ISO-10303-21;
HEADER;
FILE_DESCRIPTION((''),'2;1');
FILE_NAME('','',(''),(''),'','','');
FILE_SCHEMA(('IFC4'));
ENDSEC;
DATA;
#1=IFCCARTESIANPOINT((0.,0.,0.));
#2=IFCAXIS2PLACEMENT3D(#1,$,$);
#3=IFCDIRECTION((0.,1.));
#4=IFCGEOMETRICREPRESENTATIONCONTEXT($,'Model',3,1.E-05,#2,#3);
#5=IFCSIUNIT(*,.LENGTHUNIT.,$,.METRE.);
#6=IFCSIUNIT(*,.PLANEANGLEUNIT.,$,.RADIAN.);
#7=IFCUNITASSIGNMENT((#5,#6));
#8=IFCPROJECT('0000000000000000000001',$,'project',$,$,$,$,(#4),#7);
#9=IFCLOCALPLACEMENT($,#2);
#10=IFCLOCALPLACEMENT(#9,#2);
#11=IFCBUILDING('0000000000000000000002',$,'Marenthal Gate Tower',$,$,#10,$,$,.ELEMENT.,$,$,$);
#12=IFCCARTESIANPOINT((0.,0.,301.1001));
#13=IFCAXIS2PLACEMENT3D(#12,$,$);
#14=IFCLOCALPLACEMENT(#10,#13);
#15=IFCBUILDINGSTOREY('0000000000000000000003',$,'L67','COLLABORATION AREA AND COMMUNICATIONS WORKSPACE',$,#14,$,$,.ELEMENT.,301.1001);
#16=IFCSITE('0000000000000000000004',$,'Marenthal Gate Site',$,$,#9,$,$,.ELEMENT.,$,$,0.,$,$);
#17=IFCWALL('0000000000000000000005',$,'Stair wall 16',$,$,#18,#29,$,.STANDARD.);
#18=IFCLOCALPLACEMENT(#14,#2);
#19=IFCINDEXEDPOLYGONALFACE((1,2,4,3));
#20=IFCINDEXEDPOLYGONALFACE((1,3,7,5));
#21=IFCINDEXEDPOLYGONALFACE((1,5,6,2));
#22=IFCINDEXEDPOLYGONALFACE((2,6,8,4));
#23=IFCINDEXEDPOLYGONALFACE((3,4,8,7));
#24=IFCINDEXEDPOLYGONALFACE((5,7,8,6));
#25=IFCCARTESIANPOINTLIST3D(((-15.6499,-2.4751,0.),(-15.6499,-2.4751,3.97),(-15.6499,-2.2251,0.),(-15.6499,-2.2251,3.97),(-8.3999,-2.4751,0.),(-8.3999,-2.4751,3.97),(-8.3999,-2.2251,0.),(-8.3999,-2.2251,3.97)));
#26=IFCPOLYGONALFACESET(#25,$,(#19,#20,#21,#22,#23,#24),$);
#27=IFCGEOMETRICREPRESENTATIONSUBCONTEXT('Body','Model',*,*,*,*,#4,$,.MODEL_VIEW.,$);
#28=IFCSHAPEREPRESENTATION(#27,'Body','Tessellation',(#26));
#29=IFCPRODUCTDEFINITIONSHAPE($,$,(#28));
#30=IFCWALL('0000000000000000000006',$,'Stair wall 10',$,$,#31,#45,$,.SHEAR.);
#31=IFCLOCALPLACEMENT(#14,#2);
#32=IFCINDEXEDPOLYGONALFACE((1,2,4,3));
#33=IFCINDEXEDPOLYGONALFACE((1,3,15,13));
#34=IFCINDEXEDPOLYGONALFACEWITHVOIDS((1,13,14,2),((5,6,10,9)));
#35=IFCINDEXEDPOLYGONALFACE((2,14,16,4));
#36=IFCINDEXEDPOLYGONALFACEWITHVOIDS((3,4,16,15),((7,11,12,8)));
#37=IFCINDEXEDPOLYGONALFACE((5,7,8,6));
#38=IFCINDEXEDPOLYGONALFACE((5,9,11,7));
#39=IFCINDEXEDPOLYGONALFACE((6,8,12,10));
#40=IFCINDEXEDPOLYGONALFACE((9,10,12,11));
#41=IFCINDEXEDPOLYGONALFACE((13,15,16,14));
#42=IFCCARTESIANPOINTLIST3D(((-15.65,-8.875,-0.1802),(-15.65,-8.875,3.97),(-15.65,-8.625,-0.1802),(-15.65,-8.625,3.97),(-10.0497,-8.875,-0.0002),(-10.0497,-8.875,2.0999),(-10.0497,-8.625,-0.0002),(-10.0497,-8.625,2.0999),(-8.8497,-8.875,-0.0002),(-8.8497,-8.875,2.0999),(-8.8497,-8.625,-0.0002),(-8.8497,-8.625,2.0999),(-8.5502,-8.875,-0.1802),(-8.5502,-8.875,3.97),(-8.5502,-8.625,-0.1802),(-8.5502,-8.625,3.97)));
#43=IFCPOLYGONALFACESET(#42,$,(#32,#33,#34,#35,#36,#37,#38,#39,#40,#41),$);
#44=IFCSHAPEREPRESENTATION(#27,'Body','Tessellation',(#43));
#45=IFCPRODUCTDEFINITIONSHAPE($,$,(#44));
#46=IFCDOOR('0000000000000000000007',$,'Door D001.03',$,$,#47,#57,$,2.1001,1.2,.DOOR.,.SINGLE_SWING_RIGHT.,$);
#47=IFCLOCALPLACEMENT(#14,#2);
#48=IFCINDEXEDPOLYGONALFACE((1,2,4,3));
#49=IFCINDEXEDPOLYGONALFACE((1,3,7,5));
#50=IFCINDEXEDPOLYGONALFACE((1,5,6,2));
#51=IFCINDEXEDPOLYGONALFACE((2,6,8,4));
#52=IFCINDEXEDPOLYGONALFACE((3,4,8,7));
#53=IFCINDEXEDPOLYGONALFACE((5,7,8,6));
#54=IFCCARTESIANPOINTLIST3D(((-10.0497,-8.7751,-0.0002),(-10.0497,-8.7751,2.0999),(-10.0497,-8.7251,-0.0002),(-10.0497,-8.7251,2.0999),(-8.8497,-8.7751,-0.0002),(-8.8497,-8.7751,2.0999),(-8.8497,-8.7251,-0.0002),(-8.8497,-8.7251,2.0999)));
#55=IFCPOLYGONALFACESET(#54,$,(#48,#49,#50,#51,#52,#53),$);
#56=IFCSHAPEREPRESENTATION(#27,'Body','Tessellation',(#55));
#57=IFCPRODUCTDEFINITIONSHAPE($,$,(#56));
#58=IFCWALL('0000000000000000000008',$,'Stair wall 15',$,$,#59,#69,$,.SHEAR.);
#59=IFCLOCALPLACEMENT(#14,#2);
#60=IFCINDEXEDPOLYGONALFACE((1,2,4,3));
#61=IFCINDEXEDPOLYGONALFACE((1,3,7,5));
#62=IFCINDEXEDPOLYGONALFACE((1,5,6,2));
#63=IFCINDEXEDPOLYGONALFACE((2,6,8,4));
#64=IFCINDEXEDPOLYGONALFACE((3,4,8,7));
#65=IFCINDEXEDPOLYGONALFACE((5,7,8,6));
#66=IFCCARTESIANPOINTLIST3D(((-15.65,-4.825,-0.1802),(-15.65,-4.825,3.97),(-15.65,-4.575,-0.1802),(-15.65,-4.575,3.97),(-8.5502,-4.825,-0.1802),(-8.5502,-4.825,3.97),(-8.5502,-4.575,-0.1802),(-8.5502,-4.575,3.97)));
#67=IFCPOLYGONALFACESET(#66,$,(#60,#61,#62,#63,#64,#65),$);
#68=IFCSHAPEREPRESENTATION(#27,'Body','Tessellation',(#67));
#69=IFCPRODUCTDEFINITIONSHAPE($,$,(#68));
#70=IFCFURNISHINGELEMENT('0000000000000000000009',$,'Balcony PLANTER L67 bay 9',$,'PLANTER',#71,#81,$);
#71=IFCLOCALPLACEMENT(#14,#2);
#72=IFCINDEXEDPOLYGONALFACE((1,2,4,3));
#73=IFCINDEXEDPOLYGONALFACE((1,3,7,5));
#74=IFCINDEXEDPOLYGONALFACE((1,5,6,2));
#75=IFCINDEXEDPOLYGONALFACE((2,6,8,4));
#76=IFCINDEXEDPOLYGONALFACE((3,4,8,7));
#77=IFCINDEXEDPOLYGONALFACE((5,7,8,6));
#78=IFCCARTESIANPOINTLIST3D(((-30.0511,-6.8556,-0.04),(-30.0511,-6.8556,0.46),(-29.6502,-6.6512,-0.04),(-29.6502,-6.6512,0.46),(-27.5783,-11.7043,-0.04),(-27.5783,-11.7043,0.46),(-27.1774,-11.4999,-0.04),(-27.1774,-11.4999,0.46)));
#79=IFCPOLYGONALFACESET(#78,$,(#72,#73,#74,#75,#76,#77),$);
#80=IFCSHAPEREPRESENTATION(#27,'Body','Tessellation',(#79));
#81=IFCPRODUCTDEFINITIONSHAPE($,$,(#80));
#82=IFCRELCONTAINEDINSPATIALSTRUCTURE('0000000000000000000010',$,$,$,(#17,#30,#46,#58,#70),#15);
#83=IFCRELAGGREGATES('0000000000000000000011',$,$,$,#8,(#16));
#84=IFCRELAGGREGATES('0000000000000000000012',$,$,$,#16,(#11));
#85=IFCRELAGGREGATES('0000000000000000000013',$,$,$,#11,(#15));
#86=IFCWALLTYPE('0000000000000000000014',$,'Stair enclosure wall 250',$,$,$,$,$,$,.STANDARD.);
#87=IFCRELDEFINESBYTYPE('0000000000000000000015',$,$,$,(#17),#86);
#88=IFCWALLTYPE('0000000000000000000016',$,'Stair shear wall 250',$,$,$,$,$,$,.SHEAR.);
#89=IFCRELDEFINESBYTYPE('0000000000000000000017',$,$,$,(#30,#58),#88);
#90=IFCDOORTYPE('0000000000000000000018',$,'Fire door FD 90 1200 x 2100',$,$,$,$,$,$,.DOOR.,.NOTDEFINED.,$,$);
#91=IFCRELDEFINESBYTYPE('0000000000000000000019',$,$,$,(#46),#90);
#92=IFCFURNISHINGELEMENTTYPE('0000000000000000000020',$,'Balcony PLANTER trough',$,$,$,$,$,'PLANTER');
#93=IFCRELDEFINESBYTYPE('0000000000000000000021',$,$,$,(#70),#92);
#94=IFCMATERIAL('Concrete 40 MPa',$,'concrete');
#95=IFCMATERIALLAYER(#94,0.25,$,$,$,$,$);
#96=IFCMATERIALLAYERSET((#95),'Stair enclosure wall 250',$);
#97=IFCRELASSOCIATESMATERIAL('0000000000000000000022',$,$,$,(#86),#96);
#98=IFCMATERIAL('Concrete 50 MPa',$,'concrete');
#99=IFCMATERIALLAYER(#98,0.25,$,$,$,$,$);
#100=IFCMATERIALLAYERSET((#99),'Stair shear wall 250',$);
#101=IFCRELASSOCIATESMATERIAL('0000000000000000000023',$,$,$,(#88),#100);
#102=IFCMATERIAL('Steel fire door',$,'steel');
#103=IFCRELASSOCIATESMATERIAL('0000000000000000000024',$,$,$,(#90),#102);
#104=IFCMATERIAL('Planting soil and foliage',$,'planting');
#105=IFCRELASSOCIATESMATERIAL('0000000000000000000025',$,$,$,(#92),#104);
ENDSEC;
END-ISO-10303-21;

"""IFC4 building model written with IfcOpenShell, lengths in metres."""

from ifc_helpers import new_model, si_unit, direction, frame, frame_2d, origin, origin_2d, place, context, subcontext, project, spatial, rectangle, extrude, material, layer, layer_set, type_object, element, fill, save


model = new_model("IFC4")

# Units and contexts
model_context = context("Model", 3, precision=1e-05, world=origin(), true_north=direction((0.0, 1.0)))
body_context = subcontext(model_context, "Body", "Model", "MODEL_VIEW")
ifc_project = project(units=[si_unit("LENGTHUNIT", "METRE"), si_unit("PLANEANGLEUNIT", "RADIAN")], contexts=[model_context])

# Site, building, storey
site_placement = place(None, origin())
site = spatial("IfcSite", under=ifc_project, at=site_placement, Name="Marenthal Gate Site", CompositionType="ELEMENT", RefElevation=0.0)
building_placement = place(site_placement, origin())
building = spatial("IfcBuilding", under=site, at=building_placement, Name="Marenthal Gate Tower", CompositionType="ELEMENT")
storey_placement = place(building_placement, frame((0.0, 0.0, 301.1001)))
storey = spatial("IfcBuildingStorey", under=building, at=storey_placement, Name="L67", Description="COLLABORATION AREA AND COMMUNICATIONS WORKSPACE", CompositionType="ELEMENT", Elevation=301.1001)

# Wall
ifc_material_1 = material(Name="Concrete 40 MPa", Category="concrete")
ifc_layer_1 = layer(ifc_material_1, 0.25)
ifc_layer_set_1 = layer_set([ifc_layer_1], Name="Stair enclosure wall 250")
wall_type_1 = type_object("IfcWallType", Name="Stair enclosure wall 250", PredefinedType="STANDARD", material=ifc_layer_set_1)
wall_1_placement = place(storey_placement, frame((-15.6499, -2.3501, 0.0), z_axis=(0.0, 0.0, 1.0), x_axis=(1.0, 0.0, 0.0)))
element("IfcWall", 1, at=wall_1_placement, inside=storey, type_object=wall_type_1, Name="Stair wall 16", PredefinedType="STANDARD", context=body_context, shape_type="SweptSolid", body=[
    extrude(rectangle(XDim=7.25, YDim=0.25, at=frame_2d((3.625, 0.0))), origin(), (0.0, 0.0, 1.0), 3.97),
])

# Wall, opening, door
ifc_material_2 = material(Name="Concrete 50 MPa", Category="concrete")
ifc_layer_2 = layer(ifc_material_2, 0.25)
ifc_layer_set_2 = layer_set([ifc_layer_2], Name="Stair shear wall 250")
wall_type_2 = type_object("IfcWallType", Name="Stair shear wall 250", PredefinedType="SHEAR", material=ifc_layer_set_2)
wall_2_placement = place(storey_placement, frame((-15.6499, -8.75, -0.1802), z_axis=(0.0, 0.0, 1.0), x_axis=(1.0, 0.0, 0.0)))
wall_2 = element("IfcWall", 2, at=wall_2_placement, inside=storey, type_object=wall_type_2, Name="Stair wall 10", PredefinedType="SHEAR", context=body_context, shape_type="SweptSolid", body=[
    extrude(rectangle(XDim=7.0999, YDim=0.25, at=frame_2d((3.5498, 0.0))), origin(), (0.0, 0.0, 1.0), 4.1501),
])
opening_1_placement = place(wall_2_placement, frame((5.6001, 0.0, 0.1799)))
opening_1 = element("IfcOpeningElement", 3, at=opening_1_placement, cuts=wall_2, PredefinedType="OPENING", context=body_context, shape_type="SweptSolid", body=[
    extrude(rectangle(XDim=1.2, YDim=2.1001, at=frame_2d((0.6001, 1.05))), frame((0.0, 0.135, 0.0), z_axis=(0.0, -1.0, 0.0), x_axis=(1.0, 0.0, 0.0)), (0.0, 0.0, 1.0), 0.27),
])
ifc_material_3 = material(Name="Steel fire door", Category="steel")
door_type_1 = type_object("IfcDoorType", Name="Fire door FD 90 1200 x 2100", OperationType="NOTDEFINED", PredefinedType="DOOR", material=ifc_material_3)
door_1_placement = place(opening_1_placement, origin())
door_1 = element("IfcDoor", 4, at=door_1_placement, inside=storey, type_object=door_type_1, Name="Door D001.03", OperationType="SINGLE_SWING_RIGHT", OverallHeight=2.1001, OverallWidth=1.2, PredefinedType="DOOR", context=body_context, shape_type="SweptSolid", body=[
    extrude(rectangle(XDim=1.2, YDim=2.1001, at=frame_2d((0.6001, 1.05))), frame((0.0, 0.0249, 0.0), z_axis=(0.0, -1.0, 0.0), x_axis=(1.0, 0.0, 0.0)), (0.0, 0.0, 1.0), 0.05),
])
fill(opening_1, door_1)

# Wall
wall_3_placement = place(storey_placement, frame((-15.6499, -4.7, -0.1802), z_axis=(0.0, 0.0, 1.0), x_axis=(1.0, 0.0, 0.0)))
element("IfcWall", 5, at=wall_3_placement, inside=storey, type_object=wall_type_2, Name="Stair wall 15", PredefinedType="SHEAR", context=body_context, shape_type="SweptSolid", body=[
    extrude(rectangle(XDim=7.0999, YDim=0.25, at=frame_2d((3.5498, 0.0))), origin(), (0.0, 0.0, 1.0), 4.1501),
])

# Furnishing element
ifc_material_4 = material(Name="Planting soil and foliage", Category="planting")
furnishing_element_type = type_object("IfcFurnishingElementType", Name="Balcony PLANTER trough", ElementType="PLANTER", material=ifc_material_4)
furnishing_placement = place(storey_placement, frame((-28.6143, -9.1777, -0.04), z_axis=(0.0, 0.0, 1.0), x_axis=(0.454321, -0.890838, 0.0)))
element("IfcFurnishingElement", 6, at=furnishing_placement, inside=storey, type_object=furnishing_element_type, Name="Balcony PLANTER L67 bay 9", ObjectType="PLANTER", context=body_context, shape_type="SweptSolid", body=[
    extrude(rectangle(XDim=5.4429, YDim=0.45, at=origin_2d()), origin(), (0.0, 0.0, 1.0), 0.5),
])

save(model, "model.ifc")
